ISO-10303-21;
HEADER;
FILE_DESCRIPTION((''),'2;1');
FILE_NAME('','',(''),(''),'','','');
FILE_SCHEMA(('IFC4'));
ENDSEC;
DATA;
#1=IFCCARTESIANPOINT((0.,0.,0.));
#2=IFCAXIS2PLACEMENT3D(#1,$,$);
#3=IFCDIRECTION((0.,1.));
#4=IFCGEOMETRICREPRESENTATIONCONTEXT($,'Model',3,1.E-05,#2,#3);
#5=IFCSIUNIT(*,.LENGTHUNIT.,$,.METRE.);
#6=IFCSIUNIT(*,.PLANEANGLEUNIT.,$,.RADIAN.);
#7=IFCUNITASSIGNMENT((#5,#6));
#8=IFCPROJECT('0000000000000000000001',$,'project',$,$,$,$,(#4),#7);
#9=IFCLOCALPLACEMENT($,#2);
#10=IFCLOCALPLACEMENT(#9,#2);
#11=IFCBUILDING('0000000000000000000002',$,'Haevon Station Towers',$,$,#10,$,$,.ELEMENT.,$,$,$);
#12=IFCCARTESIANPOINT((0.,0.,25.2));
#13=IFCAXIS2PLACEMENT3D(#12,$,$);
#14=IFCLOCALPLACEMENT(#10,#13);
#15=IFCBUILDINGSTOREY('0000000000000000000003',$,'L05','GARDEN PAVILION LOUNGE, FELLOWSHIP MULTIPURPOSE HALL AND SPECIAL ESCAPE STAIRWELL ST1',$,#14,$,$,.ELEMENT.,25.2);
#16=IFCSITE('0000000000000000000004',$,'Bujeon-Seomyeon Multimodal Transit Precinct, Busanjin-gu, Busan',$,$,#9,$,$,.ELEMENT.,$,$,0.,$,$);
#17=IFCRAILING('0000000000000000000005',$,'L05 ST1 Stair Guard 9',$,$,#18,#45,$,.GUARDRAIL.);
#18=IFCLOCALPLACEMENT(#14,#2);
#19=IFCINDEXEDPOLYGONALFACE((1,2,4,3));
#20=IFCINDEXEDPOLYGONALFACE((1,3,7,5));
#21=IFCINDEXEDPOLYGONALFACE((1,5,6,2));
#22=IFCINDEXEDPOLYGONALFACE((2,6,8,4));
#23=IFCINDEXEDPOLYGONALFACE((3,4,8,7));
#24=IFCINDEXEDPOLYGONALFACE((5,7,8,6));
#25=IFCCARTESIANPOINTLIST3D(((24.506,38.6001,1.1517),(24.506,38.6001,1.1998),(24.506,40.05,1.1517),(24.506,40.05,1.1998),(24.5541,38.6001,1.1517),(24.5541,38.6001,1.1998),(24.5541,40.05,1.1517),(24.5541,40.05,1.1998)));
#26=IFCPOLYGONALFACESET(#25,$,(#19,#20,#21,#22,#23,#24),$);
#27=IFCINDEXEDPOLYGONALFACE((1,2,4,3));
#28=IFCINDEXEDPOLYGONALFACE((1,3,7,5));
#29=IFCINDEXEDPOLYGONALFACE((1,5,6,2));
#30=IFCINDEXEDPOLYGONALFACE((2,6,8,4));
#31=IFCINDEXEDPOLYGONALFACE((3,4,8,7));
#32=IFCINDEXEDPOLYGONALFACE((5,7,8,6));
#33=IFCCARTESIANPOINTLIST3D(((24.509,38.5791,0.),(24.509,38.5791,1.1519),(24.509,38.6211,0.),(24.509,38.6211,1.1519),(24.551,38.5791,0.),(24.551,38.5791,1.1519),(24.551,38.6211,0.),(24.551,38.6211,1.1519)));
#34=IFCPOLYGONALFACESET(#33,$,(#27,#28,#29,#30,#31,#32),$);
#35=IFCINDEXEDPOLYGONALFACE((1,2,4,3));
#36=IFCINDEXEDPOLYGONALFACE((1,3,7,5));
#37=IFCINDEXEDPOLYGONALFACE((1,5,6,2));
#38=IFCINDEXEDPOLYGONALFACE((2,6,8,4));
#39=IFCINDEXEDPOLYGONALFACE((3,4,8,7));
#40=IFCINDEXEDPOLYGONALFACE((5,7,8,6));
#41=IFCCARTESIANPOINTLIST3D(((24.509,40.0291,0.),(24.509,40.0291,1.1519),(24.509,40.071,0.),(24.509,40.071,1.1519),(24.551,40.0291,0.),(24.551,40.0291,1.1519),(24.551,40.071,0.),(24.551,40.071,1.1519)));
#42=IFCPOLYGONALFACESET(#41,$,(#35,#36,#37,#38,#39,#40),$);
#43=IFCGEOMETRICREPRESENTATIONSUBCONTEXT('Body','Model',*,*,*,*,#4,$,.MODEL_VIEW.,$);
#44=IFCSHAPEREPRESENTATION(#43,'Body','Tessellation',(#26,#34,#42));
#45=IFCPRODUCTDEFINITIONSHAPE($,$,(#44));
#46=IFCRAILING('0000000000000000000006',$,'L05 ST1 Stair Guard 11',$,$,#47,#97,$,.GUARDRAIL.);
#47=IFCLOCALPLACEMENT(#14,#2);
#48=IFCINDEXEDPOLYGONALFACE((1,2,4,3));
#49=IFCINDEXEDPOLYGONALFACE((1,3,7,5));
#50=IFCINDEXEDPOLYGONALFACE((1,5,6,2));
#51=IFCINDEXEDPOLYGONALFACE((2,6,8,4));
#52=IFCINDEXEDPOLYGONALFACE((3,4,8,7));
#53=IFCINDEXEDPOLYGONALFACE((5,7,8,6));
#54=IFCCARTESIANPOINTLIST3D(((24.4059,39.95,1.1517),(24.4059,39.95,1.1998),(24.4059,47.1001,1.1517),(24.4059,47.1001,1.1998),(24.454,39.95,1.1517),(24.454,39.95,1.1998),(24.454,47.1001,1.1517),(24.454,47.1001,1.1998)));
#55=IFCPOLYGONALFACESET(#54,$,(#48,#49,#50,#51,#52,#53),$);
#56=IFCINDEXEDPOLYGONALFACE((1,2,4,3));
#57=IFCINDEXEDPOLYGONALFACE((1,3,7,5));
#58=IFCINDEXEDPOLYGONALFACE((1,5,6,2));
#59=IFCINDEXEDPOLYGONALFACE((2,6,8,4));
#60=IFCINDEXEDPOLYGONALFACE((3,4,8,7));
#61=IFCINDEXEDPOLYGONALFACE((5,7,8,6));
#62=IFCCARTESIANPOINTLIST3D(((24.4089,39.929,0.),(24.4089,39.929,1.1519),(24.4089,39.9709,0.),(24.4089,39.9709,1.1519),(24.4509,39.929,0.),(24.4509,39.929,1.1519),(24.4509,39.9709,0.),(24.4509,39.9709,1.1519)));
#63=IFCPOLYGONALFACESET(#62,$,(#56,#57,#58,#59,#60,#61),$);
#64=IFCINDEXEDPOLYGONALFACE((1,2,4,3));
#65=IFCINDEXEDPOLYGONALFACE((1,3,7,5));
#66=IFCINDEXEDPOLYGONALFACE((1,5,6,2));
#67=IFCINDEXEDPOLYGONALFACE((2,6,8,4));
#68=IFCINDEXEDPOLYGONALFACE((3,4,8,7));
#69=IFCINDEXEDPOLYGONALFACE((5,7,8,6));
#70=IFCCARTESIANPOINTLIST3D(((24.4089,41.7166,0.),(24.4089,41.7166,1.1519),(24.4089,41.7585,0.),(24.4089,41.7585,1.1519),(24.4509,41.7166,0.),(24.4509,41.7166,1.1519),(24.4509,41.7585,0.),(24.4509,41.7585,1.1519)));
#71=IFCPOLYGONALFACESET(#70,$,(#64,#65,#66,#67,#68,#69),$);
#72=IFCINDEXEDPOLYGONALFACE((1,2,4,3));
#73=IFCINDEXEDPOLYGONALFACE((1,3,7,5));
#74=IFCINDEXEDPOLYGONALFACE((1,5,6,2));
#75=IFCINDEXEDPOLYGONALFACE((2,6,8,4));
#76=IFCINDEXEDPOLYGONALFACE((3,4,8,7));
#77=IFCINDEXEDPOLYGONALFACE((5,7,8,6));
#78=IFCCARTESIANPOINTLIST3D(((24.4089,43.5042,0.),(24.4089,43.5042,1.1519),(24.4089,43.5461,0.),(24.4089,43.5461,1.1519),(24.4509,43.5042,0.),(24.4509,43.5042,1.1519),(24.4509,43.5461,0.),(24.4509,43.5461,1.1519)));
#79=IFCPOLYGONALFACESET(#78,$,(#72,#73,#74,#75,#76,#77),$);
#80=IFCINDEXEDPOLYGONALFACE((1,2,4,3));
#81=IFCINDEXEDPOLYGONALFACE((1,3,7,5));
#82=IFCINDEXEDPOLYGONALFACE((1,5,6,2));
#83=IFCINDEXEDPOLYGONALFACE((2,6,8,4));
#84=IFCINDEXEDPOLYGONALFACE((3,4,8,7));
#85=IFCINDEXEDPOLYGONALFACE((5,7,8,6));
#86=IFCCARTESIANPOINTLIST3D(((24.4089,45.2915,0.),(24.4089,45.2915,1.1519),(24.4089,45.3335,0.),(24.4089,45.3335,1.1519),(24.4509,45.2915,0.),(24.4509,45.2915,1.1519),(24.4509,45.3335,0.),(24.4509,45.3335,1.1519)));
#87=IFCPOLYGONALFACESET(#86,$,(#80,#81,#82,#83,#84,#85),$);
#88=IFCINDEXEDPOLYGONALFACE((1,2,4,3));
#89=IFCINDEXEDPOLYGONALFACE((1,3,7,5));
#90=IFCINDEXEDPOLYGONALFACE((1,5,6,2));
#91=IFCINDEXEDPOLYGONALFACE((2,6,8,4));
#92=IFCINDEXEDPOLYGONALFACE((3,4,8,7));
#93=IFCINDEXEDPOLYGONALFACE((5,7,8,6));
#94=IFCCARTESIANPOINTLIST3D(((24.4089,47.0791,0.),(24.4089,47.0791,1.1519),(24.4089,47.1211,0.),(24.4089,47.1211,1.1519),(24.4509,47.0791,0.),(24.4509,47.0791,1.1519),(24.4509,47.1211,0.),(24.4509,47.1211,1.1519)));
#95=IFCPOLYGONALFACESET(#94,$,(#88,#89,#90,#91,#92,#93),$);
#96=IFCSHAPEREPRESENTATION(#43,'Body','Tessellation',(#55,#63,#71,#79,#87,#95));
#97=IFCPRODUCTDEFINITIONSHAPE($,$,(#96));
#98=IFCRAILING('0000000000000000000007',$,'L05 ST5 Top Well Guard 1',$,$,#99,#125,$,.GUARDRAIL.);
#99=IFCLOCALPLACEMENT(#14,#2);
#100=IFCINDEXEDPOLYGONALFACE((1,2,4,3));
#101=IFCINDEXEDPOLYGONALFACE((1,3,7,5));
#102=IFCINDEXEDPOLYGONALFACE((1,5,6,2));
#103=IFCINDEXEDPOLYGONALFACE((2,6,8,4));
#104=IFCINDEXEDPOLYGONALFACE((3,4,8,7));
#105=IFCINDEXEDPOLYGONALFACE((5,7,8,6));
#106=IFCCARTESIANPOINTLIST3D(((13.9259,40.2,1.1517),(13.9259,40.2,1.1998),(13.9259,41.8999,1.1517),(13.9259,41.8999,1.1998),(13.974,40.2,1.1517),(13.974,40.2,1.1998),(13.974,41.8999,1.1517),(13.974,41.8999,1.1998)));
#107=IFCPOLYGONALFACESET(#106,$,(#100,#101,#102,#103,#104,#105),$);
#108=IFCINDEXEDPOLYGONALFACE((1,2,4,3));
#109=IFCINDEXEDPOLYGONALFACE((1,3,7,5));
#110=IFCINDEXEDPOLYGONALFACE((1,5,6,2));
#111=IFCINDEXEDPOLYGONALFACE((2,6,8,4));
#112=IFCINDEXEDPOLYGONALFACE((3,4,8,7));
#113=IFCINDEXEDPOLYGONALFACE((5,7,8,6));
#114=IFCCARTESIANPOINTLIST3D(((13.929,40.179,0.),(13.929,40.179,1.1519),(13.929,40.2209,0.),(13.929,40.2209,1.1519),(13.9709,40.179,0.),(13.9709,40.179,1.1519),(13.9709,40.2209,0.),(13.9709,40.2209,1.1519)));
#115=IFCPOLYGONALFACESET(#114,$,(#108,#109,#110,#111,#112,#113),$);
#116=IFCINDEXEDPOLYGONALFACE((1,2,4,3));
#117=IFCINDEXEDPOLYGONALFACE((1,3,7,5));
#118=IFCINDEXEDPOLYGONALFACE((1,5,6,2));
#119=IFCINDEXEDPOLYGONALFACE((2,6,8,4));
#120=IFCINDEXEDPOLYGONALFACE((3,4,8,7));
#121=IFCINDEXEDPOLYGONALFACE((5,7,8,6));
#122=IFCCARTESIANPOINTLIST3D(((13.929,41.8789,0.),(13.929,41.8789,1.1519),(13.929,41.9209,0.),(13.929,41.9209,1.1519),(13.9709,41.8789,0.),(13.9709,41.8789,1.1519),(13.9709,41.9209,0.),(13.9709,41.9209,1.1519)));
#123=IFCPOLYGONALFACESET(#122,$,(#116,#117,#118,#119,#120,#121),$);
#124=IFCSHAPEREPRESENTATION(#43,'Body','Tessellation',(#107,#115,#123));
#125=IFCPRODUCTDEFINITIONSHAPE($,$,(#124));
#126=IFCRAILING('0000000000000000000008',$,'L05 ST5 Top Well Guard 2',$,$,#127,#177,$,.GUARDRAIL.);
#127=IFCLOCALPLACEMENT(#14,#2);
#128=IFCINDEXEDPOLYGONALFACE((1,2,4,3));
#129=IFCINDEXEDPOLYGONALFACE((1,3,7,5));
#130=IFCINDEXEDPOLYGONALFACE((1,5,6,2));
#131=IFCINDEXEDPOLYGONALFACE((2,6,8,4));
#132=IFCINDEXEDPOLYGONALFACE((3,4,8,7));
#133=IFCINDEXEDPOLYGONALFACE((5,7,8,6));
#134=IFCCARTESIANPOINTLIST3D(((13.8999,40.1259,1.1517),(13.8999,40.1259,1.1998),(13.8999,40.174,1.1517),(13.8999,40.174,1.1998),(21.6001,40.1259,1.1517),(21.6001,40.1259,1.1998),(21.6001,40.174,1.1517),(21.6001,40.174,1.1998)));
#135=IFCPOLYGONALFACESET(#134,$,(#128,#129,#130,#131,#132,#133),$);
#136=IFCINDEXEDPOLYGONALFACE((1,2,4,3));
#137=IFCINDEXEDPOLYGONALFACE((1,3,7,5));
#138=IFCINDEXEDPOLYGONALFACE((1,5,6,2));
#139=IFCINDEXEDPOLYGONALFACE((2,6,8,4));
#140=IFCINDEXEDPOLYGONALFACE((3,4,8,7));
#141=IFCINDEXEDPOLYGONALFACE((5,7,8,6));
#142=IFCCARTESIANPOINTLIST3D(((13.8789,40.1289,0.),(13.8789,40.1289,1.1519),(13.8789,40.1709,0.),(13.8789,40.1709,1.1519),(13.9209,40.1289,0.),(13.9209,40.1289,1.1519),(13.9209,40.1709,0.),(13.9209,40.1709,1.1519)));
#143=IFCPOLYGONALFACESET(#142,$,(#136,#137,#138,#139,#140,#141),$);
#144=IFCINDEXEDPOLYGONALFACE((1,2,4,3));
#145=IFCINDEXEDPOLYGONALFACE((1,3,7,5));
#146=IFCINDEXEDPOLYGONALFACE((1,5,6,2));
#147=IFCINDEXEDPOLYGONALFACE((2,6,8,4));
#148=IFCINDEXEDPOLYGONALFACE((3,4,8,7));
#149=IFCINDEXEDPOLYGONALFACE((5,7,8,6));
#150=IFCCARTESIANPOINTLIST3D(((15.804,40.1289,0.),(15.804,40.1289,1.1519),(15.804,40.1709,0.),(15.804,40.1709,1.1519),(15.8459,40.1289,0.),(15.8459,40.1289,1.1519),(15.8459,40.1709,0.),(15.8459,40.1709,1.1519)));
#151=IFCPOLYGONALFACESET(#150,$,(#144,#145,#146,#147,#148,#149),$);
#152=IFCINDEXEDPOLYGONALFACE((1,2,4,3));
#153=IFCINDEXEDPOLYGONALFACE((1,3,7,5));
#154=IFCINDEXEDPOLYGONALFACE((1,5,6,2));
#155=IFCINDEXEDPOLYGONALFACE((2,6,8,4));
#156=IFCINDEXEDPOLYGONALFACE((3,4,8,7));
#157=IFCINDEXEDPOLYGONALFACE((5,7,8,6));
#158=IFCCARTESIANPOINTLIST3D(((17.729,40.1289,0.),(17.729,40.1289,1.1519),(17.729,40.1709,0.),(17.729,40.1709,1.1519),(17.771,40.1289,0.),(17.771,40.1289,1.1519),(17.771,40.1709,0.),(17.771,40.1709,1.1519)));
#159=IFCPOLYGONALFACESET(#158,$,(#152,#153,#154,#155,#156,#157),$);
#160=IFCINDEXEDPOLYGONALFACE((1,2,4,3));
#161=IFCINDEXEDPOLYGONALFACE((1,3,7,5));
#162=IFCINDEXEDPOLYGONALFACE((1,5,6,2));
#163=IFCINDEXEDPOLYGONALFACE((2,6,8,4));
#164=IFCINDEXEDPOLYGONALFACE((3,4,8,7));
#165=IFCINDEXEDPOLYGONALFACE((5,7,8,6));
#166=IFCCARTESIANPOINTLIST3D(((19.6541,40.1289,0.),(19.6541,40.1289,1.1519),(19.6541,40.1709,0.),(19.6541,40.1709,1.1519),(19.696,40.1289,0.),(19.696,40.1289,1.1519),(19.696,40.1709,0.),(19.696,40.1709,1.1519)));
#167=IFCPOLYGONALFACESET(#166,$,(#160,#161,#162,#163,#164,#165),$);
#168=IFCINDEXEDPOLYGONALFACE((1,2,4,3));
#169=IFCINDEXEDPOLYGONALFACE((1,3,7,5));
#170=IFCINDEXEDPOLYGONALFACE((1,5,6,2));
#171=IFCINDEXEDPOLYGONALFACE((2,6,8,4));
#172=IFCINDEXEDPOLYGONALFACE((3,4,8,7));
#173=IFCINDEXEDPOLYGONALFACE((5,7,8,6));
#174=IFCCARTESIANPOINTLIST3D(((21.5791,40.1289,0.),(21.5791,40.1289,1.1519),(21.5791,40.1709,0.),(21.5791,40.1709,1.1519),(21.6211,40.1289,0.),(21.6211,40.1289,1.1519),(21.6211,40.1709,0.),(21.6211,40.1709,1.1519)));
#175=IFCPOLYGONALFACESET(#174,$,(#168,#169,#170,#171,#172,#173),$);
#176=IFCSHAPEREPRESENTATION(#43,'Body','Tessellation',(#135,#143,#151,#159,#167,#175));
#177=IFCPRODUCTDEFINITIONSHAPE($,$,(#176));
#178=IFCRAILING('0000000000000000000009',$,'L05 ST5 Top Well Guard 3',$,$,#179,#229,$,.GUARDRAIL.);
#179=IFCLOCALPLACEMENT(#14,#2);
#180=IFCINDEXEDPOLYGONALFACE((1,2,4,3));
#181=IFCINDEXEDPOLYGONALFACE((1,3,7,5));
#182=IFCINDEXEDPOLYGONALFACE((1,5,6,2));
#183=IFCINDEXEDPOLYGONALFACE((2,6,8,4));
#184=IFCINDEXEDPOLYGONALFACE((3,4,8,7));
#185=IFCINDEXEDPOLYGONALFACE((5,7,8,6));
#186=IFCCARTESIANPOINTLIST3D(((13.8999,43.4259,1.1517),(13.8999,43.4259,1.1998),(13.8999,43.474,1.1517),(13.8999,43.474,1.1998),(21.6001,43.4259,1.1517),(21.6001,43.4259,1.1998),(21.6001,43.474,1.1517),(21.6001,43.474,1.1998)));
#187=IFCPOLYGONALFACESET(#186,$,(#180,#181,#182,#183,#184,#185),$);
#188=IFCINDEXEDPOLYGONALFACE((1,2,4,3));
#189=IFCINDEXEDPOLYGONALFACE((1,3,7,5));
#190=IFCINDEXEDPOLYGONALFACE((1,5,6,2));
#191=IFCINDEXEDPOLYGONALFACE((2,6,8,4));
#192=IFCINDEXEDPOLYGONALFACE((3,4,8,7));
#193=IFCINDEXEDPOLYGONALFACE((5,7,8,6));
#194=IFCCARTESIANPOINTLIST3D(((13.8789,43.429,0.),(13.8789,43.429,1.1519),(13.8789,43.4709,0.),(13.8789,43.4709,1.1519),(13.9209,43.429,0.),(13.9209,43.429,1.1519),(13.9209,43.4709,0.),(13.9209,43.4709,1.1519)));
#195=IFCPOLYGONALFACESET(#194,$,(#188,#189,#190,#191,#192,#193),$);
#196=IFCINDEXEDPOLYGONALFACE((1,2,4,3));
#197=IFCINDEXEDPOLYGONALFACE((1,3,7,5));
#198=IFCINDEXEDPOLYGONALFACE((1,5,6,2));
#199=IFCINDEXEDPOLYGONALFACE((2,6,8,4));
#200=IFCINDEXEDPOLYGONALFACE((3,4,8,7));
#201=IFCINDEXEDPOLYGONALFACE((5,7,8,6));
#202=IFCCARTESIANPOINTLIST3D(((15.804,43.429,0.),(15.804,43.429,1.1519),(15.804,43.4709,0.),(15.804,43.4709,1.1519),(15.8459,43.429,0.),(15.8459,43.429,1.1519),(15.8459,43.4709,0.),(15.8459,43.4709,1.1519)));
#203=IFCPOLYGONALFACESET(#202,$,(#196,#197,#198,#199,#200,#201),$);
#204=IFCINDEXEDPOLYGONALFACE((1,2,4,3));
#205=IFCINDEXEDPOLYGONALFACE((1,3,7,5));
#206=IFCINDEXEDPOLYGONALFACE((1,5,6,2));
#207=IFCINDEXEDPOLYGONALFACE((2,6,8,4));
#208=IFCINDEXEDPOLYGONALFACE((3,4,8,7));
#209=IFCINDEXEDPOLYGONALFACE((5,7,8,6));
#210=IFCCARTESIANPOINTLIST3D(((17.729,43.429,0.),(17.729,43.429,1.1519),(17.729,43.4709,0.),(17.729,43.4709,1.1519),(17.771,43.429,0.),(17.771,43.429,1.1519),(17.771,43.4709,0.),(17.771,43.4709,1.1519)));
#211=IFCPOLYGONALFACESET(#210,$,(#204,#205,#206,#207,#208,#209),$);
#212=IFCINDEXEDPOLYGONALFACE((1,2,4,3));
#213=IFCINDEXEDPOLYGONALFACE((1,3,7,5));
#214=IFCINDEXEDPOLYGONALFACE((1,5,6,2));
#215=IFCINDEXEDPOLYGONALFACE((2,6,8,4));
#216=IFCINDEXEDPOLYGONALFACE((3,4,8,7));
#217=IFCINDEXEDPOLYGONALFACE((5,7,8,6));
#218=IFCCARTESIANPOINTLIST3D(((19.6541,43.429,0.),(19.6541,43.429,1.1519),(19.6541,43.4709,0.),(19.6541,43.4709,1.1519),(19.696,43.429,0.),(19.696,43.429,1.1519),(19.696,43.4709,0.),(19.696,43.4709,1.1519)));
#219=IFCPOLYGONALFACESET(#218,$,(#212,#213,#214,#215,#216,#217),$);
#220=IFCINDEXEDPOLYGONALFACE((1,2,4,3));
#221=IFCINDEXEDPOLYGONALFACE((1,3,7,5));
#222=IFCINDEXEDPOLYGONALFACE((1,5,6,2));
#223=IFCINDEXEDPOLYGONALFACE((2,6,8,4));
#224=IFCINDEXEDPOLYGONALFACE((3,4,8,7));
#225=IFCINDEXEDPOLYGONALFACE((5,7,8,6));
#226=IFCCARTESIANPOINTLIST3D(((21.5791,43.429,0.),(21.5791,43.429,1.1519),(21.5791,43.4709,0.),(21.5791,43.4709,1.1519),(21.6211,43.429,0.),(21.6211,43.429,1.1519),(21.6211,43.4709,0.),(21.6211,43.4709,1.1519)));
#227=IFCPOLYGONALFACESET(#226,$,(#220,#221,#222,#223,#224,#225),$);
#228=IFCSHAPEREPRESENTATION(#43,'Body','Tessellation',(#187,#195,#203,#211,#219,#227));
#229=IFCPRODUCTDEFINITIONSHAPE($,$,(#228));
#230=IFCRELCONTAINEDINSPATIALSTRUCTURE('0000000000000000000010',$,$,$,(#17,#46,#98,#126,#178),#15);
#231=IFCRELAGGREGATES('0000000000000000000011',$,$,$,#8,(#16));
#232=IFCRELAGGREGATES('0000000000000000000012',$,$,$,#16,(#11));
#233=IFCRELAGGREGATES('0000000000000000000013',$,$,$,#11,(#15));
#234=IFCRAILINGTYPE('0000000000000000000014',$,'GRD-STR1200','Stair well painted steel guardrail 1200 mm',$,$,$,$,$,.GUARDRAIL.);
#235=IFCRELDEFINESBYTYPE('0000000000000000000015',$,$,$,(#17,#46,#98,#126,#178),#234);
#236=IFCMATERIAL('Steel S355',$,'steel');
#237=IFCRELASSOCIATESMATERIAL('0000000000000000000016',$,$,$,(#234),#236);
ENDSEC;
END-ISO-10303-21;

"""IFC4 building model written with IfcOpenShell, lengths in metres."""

from ifc_helpers import new_model, si_unit, direction, frame, origin, origin_2d, place, context, subcontext, project, spatial, rectangle, extrude, material, type_object, element, save


model = new_model("IFC4")

# Units and contexts
model_context = context("Model", 3, precision=1e-05, world=origin(), true_north=direction((0.0, 1.0)))
body_context = subcontext(model_context, "Body", "Model", "MODEL_VIEW")
ifc_project = project(units=[si_unit("LENGTHUNIT", "METRE"), si_unit("PLANEANGLEUNIT", "RADIAN")], contexts=[model_context])

# Site, building, storey
site_placement = place(None, origin())
site = spatial("IfcSite", under=ifc_project, at=site_placement, Name="Bujeon-Seomyeon Multimodal Transit Precinct, Busanjin-gu, Busan", CompositionType="ELEMENT", RefElevation=0.0)
building_placement = place(site_placement, origin())
building = spatial("IfcBuilding", under=site, at=building_placement, Name="Haevon Station Towers", CompositionType="ELEMENT")
storey_placement = place(building_placement, frame((0.0, 0.0, 25.2)))
storey = spatial("IfcBuildingStorey", under=building, at=storey_placement, Name="L05", Description="GARDEN PAVILION LOUNGE, FELLOWSHIP MULTIPURPOSE HALL AND SPECIAL ESCAPE STAIRWELL ST1", CompositionType="ELEMENT", Elevation=25.2)

# Shared definitions
ifc_material_1 = material(Name="Steel S355", Category="steel")

# Railings
railing_type_1 = type_object("IfcRailingType", Name="GRD-STR1200", Description="Stair well painted steel guardrail 1200 mm", PredefinedType="GUARDRAIL", material=ifc_material_1)
railing_1_placement = place(storey_placement, frame((24.53, 38.6001, 0.0)))
element("IfcRailing", 1, at=railing_1_placement, inside=storey, type_object=railing_type_1, Name="L05 ST1 Stair Guard 9", PredefinedType="GUARDRAIL", context=body_context, shape_type="SweptSolid", body=[
    extrude(rectangle(XDim=0.0481, YDim=0.0481, at=origin_2d()), frame((0.0, 0.0, 1.1758), z_axis=(0.0, 1.0, 0.0), x_axis=(-1.0, 0.0, 0.0)), (0.0, 0.0, 1.0), 1.45),
    extrude(rectangle(XDim=0.042, YDim=0.042, at=origin_2d()), origin(), (0.0, 0.0, 1.0), 1.1519),
    extrude(rectangle(XDim=0.042, YDim=0.042, at=origin_2d()), frame((0.0, 1.45, 0.0)), (0.0, 0.0, 1.0), 1.1519),
])
railing_2_placement = place(storey_placement, frame((24.4299, 39.95, 0.0)))
element("IfcRailing", 2, at=railing_2_placement, inside=storey, type_object=railing_type_1, Name="L05 ST1 Stair Guard 11", PredefinedType="GUARDRAIL", context=body_context, shape_type="SweptSolid", body=[
    extrude(rectangle(XDim=0.0481, YDim=0.0481, at=origin_2d()), frame((0.0, 0.0, 1.1758), z_axis=(0.0, 1.0, 0.0), x_axis=(-1.0, 0.0, 0.0)), (0.0, 0.0, 1.0), 7.1501),
    extrude(rectangle(XDim=0.042, YDim=0.042, at=origin_2d()), origin(), (0.0, 0.0, 1.0), 1.1519),
    extrude(rectangle(XDim=0.042, YDim=0.042, at=origin_2d()), frame((0.0, 1.7876, 0.0)), (0.0, 0.0, 1.0), 1.1519),
    extrude(rectangle(XDim=0.042, YDim=0.042, at=origin_2d()), frame((0.0, 3.5752, 0.0)), (0.0, 0.0, 1.0), 1.1519),
    extrude(rectangle(XDim=0.042, YDim=0.042, at=origin_2d()), frame((0.0, 5.3625, 0.0)), (0.0, 0.0, 1.0), 1.1519),
    extrude(rectangle(XDim=0.042, YDim=0.042, at=origin_2d()), frame((0.0, 7.1501, 0.0)), (0.0, 0.0, 1.0), 1.1519),
])
railing_3_placement = place(storey_placement, frame((13.95, 40.2, 0.0)))
element("IfcRailing", 3, at=railing_3_placement, inside=storey, type_object=railing_type_1, Name="L05 ST5 Top Well Guard 1", PredefinedType="GUARDRAIL", context=body_context, shape_type="SweptSolid", body=[
    extrude(rectangle(XDim=0.0481, YDim=0.0481, at=origin_2d()), frame((0.0, 0.0, 1.1758), z_axis=(0.0, 1.0, 0.0), x_axis=(-1.0, 0.0, 0.0)), (0.0, 0.0, 1.0), 1.7),
    extrude(rectangle(XDim=0.042, YDim=0.042, at=origin_2d()), origin(), (0.0, 0.0, 1.0), 1.1519),
    extrude(rectangle(XDim=0.042, YDim=0.042, at=origin_2d()), frame((0.0, 1.7, 0.0)), (0.0, 0.0, 1.0), 1.1519),
])
for number, where, name in (
    (4, (13.8999, 40.1499, 0.0), "L05 ST5 Top Well Guard 2"),
    (5, (13.8999, 43.45, 0.0), "L05 ST5 Top Well Guard 3"),
):
    element("IfcRailing", number, at=place(storey_placement, frame(where)), inside=storey, type_object=railing_type_1, Name=name, PredefinedType="GUARDRAIL", context=body_context, shape_type="SweptSolid", body=[
        extrude(rectangle(XDim=0.0481, YDim=0.0481, at=origin_2d()), frame((0.0, 0.0, 1.1758), z_axis=(1.0, 0.0, 0.0), x_axis=(0.0, 1.0, 0.0)), (0.0, 0.0, 1.0), 7.7002),
        extrude(rectangle(XDim=0.042, YDim=0.042, at=origin_2d()), origin(), (0.0, 0.0, 1.0), 1.1519),
        extrude(rectangle(XDim=0.042, YDim=0.042, at=origin_2d()), frame((1.925, 0.0, 0.0)), (0.0, 0.0, 1.0), 1.1519),
        extrude(rectangle(XDim=0.042, YDim=0.042, at=origin_2d()), frame((3.8501, 0.0, 0.0)), (0.0, 0.0, 1.0), 1.1519),
        extrude(rectangle(XDim=0.042, YDim=0.042, at=origin_2d()), frame((5.7751, 0.0, 0.0)), (0.0, 0.0, 1.0), 1.1519),
        extrude(rectangle(XDim=0.042, YDim=0.042, at=origin_2d()), frame((7.7002, 0.0, 0.0)), (0.0, 0.0, 1.0), 1.1519),
    ])

save(model, "model.ifc")
